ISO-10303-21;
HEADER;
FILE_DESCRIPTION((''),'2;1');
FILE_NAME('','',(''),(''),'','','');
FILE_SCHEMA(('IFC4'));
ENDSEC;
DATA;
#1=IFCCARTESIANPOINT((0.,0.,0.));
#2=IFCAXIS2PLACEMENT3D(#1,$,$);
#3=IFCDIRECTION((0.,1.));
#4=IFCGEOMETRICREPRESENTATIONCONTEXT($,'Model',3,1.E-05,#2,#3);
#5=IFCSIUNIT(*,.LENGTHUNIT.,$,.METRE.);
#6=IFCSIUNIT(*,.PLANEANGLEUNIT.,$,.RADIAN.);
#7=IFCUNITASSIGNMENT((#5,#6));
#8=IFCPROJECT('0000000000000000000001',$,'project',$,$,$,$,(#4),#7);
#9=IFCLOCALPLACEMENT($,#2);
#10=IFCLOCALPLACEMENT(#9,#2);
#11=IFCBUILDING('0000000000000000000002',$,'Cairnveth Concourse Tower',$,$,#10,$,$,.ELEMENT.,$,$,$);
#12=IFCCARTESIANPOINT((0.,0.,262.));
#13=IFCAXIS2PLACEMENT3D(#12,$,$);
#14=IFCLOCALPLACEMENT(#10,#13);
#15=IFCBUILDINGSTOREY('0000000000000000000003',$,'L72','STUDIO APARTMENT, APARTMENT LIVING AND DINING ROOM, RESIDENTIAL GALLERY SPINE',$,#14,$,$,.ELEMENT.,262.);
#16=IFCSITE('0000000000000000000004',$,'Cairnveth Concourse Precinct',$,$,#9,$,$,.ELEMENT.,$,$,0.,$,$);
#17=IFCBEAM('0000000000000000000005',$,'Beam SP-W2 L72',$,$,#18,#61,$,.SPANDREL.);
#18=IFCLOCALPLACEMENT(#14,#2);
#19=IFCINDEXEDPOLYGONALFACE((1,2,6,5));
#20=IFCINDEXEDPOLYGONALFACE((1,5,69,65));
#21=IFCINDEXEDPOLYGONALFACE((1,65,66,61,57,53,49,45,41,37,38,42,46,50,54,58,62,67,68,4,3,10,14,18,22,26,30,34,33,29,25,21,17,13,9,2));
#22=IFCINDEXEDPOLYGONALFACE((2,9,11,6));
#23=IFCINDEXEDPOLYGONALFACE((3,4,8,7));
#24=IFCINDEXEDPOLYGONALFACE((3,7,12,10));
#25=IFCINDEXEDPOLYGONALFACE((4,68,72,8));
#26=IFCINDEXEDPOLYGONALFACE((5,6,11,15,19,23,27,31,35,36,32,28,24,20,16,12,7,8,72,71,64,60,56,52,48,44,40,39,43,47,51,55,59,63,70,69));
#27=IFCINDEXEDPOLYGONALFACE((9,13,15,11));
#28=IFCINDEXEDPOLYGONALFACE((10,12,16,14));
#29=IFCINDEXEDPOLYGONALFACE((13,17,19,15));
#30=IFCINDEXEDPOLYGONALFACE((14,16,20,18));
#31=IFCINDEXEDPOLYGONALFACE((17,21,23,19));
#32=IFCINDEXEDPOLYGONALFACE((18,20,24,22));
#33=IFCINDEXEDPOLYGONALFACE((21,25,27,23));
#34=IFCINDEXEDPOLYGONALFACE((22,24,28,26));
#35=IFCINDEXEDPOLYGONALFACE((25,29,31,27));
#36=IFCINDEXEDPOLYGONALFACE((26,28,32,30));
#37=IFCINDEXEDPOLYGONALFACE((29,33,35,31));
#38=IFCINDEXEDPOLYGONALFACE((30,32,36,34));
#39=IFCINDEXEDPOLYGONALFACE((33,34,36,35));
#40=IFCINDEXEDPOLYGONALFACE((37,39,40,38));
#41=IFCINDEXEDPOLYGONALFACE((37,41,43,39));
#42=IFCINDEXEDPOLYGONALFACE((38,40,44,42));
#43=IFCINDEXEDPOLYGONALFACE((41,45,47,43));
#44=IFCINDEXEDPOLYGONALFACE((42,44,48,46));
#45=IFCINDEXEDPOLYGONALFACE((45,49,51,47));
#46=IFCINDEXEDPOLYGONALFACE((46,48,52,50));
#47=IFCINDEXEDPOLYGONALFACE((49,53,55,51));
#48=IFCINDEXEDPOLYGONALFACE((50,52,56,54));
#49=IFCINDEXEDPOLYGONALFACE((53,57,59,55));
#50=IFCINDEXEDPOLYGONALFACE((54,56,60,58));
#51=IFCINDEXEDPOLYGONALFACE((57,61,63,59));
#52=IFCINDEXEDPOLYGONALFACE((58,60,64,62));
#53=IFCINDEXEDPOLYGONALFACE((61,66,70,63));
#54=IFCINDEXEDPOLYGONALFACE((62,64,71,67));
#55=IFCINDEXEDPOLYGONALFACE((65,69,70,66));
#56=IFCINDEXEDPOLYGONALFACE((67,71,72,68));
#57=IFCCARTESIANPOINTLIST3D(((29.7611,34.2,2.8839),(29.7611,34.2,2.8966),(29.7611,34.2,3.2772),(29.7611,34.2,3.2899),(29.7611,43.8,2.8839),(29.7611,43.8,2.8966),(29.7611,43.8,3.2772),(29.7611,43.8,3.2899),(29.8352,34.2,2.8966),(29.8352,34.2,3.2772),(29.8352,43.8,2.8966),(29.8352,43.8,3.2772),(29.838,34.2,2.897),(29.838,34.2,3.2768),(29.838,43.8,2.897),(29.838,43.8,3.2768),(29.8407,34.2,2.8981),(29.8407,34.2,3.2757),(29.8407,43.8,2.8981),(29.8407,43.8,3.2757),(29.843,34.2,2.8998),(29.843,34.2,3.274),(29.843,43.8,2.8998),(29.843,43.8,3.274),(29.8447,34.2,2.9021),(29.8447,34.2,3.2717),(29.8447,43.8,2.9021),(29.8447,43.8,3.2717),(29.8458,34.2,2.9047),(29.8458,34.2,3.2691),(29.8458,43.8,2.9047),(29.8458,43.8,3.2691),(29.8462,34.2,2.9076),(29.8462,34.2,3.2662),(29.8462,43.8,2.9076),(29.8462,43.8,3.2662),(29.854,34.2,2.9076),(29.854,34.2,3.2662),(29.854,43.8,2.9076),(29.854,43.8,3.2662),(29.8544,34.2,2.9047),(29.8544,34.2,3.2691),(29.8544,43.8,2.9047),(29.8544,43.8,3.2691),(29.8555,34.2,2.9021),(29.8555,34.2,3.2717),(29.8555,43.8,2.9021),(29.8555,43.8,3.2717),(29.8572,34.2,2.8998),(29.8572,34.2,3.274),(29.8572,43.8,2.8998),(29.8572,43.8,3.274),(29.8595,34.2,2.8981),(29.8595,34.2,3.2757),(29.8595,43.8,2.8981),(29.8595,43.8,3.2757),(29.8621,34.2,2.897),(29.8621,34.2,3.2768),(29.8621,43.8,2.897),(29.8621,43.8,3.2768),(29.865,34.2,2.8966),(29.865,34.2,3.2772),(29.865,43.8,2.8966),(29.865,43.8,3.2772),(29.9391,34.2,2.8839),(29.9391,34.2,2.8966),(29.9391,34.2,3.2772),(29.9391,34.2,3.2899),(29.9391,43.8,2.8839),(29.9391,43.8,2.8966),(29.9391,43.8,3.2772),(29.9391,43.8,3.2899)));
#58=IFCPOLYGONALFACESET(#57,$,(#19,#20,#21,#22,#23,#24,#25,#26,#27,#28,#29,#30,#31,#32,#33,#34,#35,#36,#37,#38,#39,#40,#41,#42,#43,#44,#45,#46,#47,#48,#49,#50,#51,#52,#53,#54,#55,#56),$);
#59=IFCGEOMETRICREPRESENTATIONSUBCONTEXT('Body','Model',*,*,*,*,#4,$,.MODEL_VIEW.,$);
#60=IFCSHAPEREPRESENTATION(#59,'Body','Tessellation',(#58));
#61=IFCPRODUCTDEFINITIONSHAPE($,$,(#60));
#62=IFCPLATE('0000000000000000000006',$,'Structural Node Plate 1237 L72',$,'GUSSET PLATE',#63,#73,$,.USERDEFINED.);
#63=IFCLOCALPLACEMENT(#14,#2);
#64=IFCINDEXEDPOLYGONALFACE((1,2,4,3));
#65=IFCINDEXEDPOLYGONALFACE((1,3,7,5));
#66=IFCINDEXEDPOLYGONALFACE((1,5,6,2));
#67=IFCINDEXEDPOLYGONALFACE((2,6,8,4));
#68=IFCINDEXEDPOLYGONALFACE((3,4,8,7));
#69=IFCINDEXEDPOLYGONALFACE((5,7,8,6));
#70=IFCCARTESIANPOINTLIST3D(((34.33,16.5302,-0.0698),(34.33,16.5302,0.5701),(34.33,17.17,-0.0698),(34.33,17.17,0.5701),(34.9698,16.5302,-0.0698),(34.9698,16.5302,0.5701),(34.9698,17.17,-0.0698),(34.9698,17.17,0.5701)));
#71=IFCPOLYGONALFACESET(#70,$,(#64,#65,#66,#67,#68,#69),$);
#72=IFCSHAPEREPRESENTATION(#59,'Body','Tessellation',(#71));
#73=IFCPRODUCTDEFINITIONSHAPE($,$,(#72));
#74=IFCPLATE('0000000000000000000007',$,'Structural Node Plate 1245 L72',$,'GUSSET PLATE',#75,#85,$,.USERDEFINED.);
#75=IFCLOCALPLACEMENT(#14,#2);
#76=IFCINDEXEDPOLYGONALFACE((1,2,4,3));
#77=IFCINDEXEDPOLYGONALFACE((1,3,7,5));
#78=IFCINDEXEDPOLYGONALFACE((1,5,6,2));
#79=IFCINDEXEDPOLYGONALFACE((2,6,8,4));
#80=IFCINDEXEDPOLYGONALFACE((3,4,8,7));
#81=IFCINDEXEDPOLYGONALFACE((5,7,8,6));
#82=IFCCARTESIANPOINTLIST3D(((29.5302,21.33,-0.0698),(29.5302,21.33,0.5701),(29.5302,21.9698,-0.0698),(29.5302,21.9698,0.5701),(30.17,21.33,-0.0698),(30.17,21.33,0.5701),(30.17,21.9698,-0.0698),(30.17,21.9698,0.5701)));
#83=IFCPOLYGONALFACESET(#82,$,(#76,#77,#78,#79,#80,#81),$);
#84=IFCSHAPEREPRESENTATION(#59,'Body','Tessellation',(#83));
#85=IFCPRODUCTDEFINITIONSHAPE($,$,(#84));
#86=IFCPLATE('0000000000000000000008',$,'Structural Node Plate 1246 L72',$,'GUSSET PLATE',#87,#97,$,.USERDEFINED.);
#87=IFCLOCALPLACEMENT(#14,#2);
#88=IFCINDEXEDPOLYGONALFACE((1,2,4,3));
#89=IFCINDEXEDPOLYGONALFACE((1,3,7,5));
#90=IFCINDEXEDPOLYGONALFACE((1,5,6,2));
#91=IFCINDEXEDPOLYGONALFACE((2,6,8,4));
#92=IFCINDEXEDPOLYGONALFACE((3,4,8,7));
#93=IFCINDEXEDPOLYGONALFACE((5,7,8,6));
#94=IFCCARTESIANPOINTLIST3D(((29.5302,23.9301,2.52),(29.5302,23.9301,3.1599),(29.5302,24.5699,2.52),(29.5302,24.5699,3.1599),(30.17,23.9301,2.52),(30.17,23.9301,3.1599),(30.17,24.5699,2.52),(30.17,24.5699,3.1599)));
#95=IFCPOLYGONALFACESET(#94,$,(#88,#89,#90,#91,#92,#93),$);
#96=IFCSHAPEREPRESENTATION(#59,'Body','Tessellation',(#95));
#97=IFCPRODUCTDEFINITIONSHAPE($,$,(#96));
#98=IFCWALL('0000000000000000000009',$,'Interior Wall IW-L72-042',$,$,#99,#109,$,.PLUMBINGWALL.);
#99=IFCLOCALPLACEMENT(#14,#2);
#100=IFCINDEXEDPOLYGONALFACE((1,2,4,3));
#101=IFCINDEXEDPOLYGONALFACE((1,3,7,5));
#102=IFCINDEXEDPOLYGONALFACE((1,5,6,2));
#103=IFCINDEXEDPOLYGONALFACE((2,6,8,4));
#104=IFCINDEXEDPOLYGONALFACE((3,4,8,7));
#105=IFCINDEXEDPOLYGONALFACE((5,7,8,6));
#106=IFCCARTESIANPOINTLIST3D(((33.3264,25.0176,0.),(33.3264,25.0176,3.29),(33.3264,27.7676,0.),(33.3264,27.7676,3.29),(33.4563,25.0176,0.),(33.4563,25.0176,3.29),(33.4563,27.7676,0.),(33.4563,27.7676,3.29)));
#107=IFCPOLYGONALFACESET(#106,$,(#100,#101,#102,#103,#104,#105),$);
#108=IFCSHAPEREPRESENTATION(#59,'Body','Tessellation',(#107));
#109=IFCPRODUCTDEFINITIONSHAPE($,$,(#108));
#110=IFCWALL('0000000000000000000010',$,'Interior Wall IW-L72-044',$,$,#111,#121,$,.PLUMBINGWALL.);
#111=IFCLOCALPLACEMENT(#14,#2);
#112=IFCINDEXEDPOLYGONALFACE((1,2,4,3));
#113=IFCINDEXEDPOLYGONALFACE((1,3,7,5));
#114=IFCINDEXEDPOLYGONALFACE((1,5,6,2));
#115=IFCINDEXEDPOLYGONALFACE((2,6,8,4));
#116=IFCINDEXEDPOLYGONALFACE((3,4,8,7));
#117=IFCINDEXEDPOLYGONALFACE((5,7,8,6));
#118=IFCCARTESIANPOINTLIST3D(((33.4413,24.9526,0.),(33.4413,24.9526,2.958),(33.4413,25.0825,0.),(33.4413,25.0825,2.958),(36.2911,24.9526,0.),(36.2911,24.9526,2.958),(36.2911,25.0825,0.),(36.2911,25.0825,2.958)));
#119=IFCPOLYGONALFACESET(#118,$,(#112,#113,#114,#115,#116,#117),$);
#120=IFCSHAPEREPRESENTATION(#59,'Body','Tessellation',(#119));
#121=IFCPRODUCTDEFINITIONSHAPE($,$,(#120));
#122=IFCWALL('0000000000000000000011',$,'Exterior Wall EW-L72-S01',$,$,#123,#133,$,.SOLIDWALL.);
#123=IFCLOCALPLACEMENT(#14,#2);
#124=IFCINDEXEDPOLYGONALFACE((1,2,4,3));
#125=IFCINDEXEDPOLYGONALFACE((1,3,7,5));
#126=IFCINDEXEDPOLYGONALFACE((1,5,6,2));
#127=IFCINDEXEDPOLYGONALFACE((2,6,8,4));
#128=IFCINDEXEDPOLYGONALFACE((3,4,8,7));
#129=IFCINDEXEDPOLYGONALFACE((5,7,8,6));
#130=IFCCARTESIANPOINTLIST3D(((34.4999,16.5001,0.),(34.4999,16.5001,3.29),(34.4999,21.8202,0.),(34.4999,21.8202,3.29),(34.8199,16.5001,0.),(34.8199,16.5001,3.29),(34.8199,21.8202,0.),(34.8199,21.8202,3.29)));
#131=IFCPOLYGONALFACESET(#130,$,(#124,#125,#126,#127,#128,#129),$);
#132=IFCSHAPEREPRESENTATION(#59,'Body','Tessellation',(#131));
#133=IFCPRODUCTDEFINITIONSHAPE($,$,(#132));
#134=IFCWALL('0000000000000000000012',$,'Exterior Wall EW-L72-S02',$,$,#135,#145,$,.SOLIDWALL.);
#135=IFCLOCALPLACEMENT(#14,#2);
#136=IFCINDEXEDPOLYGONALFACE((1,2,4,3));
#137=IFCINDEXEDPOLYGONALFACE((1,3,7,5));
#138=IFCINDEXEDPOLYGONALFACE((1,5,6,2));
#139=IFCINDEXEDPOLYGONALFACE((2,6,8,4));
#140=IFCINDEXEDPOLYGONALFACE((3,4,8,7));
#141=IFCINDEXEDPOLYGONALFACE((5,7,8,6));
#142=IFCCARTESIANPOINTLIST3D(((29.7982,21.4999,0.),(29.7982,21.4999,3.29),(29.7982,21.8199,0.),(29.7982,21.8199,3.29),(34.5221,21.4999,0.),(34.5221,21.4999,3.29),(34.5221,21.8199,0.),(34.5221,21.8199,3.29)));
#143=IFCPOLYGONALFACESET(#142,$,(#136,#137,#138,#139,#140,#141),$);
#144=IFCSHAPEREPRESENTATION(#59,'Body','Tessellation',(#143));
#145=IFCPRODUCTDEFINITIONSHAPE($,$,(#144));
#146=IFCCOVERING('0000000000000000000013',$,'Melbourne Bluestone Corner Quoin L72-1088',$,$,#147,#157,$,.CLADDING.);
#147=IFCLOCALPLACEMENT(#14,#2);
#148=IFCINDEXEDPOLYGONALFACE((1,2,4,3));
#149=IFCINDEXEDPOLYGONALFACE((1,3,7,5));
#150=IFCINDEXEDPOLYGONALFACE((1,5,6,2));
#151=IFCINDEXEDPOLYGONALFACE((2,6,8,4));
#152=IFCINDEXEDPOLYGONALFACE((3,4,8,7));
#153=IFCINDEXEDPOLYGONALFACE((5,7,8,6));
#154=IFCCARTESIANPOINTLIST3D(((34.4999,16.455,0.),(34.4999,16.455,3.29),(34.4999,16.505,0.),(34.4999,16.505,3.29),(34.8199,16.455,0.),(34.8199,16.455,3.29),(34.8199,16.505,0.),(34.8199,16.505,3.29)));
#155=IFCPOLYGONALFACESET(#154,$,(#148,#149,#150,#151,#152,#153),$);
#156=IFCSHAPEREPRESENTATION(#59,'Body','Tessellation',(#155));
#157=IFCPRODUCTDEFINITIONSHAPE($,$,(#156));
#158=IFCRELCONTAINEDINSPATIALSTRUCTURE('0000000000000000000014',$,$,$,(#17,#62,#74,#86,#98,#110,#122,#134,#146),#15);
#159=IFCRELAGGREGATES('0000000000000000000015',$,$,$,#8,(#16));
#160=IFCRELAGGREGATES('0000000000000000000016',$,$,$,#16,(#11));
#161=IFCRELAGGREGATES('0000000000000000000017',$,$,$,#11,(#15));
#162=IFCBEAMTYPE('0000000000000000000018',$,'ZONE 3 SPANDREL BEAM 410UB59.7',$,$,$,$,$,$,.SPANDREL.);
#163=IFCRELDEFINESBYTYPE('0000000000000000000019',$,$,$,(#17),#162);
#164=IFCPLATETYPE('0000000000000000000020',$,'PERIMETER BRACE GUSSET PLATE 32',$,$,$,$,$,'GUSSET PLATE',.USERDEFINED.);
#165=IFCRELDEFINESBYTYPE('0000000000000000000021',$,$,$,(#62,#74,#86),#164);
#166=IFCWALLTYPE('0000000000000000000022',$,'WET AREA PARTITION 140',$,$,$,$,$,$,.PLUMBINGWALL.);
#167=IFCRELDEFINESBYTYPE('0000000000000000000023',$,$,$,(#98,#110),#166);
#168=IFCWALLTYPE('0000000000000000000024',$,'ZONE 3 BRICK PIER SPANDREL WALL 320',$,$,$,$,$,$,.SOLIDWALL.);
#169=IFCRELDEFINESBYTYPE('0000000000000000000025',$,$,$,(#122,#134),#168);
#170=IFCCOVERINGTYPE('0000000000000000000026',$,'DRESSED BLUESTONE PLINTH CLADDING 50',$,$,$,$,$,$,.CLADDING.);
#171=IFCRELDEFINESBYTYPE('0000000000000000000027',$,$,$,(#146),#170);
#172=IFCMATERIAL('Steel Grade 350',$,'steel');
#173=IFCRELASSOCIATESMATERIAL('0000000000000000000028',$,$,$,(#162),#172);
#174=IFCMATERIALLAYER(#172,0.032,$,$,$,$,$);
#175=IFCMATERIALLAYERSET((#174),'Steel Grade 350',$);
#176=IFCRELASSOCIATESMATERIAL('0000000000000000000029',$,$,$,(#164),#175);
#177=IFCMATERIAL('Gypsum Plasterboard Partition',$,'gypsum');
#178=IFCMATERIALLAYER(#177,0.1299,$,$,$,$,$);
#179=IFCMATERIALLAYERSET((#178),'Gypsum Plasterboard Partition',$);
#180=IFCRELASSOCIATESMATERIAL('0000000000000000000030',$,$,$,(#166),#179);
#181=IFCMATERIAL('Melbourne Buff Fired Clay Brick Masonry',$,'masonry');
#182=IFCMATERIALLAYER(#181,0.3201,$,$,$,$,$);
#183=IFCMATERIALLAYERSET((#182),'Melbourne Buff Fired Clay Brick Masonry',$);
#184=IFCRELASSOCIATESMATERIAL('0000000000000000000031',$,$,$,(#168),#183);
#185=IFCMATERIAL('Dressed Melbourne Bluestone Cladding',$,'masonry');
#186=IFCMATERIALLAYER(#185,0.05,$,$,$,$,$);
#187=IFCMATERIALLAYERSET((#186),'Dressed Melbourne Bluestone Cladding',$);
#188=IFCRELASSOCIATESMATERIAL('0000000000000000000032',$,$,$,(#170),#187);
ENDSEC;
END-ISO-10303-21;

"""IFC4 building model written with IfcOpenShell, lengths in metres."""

from ifc_helpers import new_model, si_unit, direction, frame, frame_2d, origin, origin_2d, place, context, subcontext, project, spatial, rectangle, i_section, extrude, material, layer, layer_set, material_profile, profile_set, type_object, element, save


model = new_model("IFC4")

# Units and contexts
model_context = context("Model", 3, precision=1e-05, world=origin(), true_north=direction((0.0, 1.0)))
body_context = subcontext(model_context, "Body", "Model", "MODEL_VIEW")
ifc_project = project(units=[si_unit("LENGTHUNIT", "METRE"), si_unit("PLANEANGLEUNIT", "RADIAN")], contexts=[model_context])

# Site, building, storey
site_placement = place(None, origin())
site = spatial("IfcSite", under=ifc_project, at=site_placement, Name="Cairnveth Concourse Precinct", CompositionType="ELEMENT", RefElevation=0.0)
building_placement = place(site_placement, origin())
building = spatial("IfcBuilding", under=site, at=building_placement, Name="Cairnveth Concourse Tower", CompositionType="ELEMENT")
storey_placement = place(building_placement, frame((0.0, 0.0, 262.0)))
storey = spatial("IfcBuildingStorey", under=building, at=storey_placement, Name="L72", Description="STUDIO APARTMENT, APARTMENT LIVING AND DINING ROOM, RESIDENTIAL GALLERY SPINE", CompositionType="ELEMENT", Elevation=262.0)

# Shared definitions
ifc_material_1 = material(Name="Steel Grade 350", Category="steel")

# Beam
ifc_material_profile_1 = material_profile(ifc_material_1, i_section(OverallWidth=0.178, OverallDepth=0.406, WebThickness=0.0078, FlangeThickness=0.0127, FilletRadius=0.011, at=origin_2d()), Name="410UB59.7")
ifc_profile_set_1 = profile_set([ifc_material_profile_1], Name="Steel Grade 350")
beam_type_1 = type_object("IfcBeamType", Name="ZONE 3 SPANDREL BEAM 410UB59.7", PredefinedType="SPANDREL", material=ifc_profile_set_1)
beam_1_placement = place(storey_placement, frame((29.8501, 34.2, 3.0869), z_axis=(0.0, 1.0, 0.0), x_axis=(-1.0, 0.0, 0.0)))
element("IfcBeam", 1, at=beam_1_placement, inside=storey, type_object=beam_type_1, Name="Beam SP-W2 L72", PredefinedType="SPANDREL", context=body_context, shape_type="SweptSolid", body=[
    extrude(i_section(OverallWidth=0.178, OverallDepth=0.406, WebThickness=0.0078, FlangeThickness=0.0127, FilletRadius=0.011, at=origin_2d()), origin(), (0.0, 0.0, 1.0), 9.6001),
])

# Plates
ifc_layer_1 = layer(ifc_material_1, 0.032)
ifc_layer_set_1 = layer_set([ifc_layer_1], Name="Steel Grade 350")
plate_type = type_object("IfcPlateType", Name="PERIMETER BRACE GUSSET PLATE 32", ElementType="GUSSET PLATE", PredefinedType="USERDEFINED", material=ifc_layer_set_1)
for number, where, z_axis, x_axis, name in (
    (2, (34.6499, 16.8501, -0.0698), (0.0, 0.0, 1.0), (1.0, 0.0, 0.0), "Structural Node Plate 1237 L72"),
    (3, (29.8501, 21.6499, -0.0698), (0.0, 0.0, 1.0), (1.0, 0.0, 0.0), "Structural Node Plate 1245 L72"),
    (4, (29.8501, 24.25, 2.52), (0.0, 0.0, 1.0), (1.0, 0.0, 0.0), "Structural Node Plate 1246 L72"),
):
    element("IfcPlate", number, at=place(storey_placement, frame(where, z_axis=z_axis, x_axis=x_axis)), inside=storey, type_object=plate_type, Name=name, ObjectType="GUSSET PLATE", PredefinedType="USERDEFINED", context=body_context, shape_type="SweptSolid", body=[
        extrude(rectangle(XDim=0.6399, YDim=0.6399, at=origin_2d()), origin(), (0.0, 0.0, 1.0), 0.6399),
    ])

# Walls
ifc_material_2 = material(Name="Gypsum Plasterboard Partition", Category="gypsum")
ifc_layer_2 = layer(ifc_material_2, 0.1299)
ifc_layer_set_2 = layer_set([ifc_layer_2], Name="Gypsum Plasterboard Partition")
wall_type_1 = type_object("IfcWallType", Name="WET AREA PARTITION 140", PredefinedType="PLUMBINGWALL", material=ifc_layer_set_2)
wall_1_placement = place(storey_placement, frame((33.3914, 25.0176, 0.0), z_axis=(0.0, 0.0, 1.0), x_axis=(0.0, 1.0, 0.0)))
element("IfcWall", 5, at=wall_1_placement, inside=storey, type_object=wall_type_1, Name="Interior Wall IW-L72-042", PredefinedType="PLUMBINGWALL", context=body_context, shape_type="SweptSolid", body=[
    extrude(rectangle(XDim=2.75, YDim=0.1299, at=frame_2d((1.375, 0.0))), origin(), (0.0, 0.0, 1.0), 3.29),
])
wall_2_placement = place(storey_placement, frame((33.4414, 25.0176, 0.0), z_axis=(0.0, 0.0, 1.0), x_axis=(1.0, 0.0, 0.0)))
element("IfcWall", 6, at=wall_2_placement, inside=storey, type_object=wall_type_1, Name="Interior Wall IW-L72-044", PredefinedType="PLUMBINGWALL", context=body_context, shape_type="SweptSolid", body=[
    extrude(rectangle(XDim=2.8499, YDim=0.1299, at=frame_2d((1.4248, 0.0))), origin(), (0.0, 0.0, 1.0), 2.958),
])
ifc_material_3 = material(Name="Melbourne Buff Fired Clay Brick Masonry", Category="masonry")
ifc_layer_3 = layer(ifc_material_3, 0.3201)
ifc_layer_set_3 = layer_set([ifc_layer_3], Name="Melbourne Buff Fired Clay Brick Masonry")
wall_type_2 = type_object("IfcWallType", Name="ZONE 3 BRICK PIER SPANDREL WALL 320", PredefinedType="SOLIDWALL", material=ifc_layer_set_3)
wall_3_placement = place(storey_placement, frame((34.6599, 16.5, 0.0), z_axis=(0.0, 0.0, 1.0), x_axis=(0.0, 1.0, 0.0)))
element("IfcWall", 7, at=wall_3_placement, inside=storey, type_object=wall_type_2, Name="Exterior Wall EW-L72-S01", PredefinedType="SOLIDWALL", context=body_context, shape_type="SweptSolid", body=[
    extrude(rectangle(XDim=5.3201, YDim=0.3201, at=frame_2d((2.6602, 0.0))), origin(), (0.0, 0.0, 1.0), 3.29),
])
wall_4_placement = place(storey_placement, frame((34.522, 21.6599, 0.0), z_axis=(0.0, 0.0, 1.0), x_axis=(-1.0, 0.0, 0.0)))
element("IfcWall", 8, at=wall_4_placement, inside=storey, type_object=wall_type_2, Name="Exterior Wall EW-L72-S02", PredefinedType="SOLIDWALL", context=body_context, shape_type="SweptSolid", body=[
    extrude(rectangle(XDim=4.7239, YDim=0.3201, at=frame_2d((2.3618, 0.0))), origin(), (0.0, 0.0, 1.0), 3.29),
])

# Covering
ifc_material_4 = material(Name="Dressed Melbourne Bluestone Cladding", Category="masonry")
ifc_layer_4 = layer(ifc_material_4, 0.05)
ifc_layer_set_4 = layer_set([ifc_layer_4], Name="Dressed Melbourne Bluestone Cladding")
covering_type = type_object("IfcCoveringType", Name="DRESSED BLUESTONE PLINTH CLADDING 50", PredefinedType="CLADDING", material=ifc_layer_set_4)
covering_placement = place(storey_placement, frame((34.8201, 16.48, 0.0), z_axis=(0.0, 0.0, 1.0), x_axis=(-1.0, 0.0, 0.0)))
element("IfcCovering", 9, at=covering_placement, inside=storey, type_object=covering_type, Name="Melbourne Bluestone Corner Quoin L72-1088", PredefinedType="CLADDING", context=body_context, shape_type="SweptSolid", body=[
    extrude(rectangle(XDim=0.3201, YDim=0.05, at=frame_2d((0.1602, 0.0))), origin(), (0.0, 0.0, 1.0), 3.29),
])

save(model, "model.ifc")
